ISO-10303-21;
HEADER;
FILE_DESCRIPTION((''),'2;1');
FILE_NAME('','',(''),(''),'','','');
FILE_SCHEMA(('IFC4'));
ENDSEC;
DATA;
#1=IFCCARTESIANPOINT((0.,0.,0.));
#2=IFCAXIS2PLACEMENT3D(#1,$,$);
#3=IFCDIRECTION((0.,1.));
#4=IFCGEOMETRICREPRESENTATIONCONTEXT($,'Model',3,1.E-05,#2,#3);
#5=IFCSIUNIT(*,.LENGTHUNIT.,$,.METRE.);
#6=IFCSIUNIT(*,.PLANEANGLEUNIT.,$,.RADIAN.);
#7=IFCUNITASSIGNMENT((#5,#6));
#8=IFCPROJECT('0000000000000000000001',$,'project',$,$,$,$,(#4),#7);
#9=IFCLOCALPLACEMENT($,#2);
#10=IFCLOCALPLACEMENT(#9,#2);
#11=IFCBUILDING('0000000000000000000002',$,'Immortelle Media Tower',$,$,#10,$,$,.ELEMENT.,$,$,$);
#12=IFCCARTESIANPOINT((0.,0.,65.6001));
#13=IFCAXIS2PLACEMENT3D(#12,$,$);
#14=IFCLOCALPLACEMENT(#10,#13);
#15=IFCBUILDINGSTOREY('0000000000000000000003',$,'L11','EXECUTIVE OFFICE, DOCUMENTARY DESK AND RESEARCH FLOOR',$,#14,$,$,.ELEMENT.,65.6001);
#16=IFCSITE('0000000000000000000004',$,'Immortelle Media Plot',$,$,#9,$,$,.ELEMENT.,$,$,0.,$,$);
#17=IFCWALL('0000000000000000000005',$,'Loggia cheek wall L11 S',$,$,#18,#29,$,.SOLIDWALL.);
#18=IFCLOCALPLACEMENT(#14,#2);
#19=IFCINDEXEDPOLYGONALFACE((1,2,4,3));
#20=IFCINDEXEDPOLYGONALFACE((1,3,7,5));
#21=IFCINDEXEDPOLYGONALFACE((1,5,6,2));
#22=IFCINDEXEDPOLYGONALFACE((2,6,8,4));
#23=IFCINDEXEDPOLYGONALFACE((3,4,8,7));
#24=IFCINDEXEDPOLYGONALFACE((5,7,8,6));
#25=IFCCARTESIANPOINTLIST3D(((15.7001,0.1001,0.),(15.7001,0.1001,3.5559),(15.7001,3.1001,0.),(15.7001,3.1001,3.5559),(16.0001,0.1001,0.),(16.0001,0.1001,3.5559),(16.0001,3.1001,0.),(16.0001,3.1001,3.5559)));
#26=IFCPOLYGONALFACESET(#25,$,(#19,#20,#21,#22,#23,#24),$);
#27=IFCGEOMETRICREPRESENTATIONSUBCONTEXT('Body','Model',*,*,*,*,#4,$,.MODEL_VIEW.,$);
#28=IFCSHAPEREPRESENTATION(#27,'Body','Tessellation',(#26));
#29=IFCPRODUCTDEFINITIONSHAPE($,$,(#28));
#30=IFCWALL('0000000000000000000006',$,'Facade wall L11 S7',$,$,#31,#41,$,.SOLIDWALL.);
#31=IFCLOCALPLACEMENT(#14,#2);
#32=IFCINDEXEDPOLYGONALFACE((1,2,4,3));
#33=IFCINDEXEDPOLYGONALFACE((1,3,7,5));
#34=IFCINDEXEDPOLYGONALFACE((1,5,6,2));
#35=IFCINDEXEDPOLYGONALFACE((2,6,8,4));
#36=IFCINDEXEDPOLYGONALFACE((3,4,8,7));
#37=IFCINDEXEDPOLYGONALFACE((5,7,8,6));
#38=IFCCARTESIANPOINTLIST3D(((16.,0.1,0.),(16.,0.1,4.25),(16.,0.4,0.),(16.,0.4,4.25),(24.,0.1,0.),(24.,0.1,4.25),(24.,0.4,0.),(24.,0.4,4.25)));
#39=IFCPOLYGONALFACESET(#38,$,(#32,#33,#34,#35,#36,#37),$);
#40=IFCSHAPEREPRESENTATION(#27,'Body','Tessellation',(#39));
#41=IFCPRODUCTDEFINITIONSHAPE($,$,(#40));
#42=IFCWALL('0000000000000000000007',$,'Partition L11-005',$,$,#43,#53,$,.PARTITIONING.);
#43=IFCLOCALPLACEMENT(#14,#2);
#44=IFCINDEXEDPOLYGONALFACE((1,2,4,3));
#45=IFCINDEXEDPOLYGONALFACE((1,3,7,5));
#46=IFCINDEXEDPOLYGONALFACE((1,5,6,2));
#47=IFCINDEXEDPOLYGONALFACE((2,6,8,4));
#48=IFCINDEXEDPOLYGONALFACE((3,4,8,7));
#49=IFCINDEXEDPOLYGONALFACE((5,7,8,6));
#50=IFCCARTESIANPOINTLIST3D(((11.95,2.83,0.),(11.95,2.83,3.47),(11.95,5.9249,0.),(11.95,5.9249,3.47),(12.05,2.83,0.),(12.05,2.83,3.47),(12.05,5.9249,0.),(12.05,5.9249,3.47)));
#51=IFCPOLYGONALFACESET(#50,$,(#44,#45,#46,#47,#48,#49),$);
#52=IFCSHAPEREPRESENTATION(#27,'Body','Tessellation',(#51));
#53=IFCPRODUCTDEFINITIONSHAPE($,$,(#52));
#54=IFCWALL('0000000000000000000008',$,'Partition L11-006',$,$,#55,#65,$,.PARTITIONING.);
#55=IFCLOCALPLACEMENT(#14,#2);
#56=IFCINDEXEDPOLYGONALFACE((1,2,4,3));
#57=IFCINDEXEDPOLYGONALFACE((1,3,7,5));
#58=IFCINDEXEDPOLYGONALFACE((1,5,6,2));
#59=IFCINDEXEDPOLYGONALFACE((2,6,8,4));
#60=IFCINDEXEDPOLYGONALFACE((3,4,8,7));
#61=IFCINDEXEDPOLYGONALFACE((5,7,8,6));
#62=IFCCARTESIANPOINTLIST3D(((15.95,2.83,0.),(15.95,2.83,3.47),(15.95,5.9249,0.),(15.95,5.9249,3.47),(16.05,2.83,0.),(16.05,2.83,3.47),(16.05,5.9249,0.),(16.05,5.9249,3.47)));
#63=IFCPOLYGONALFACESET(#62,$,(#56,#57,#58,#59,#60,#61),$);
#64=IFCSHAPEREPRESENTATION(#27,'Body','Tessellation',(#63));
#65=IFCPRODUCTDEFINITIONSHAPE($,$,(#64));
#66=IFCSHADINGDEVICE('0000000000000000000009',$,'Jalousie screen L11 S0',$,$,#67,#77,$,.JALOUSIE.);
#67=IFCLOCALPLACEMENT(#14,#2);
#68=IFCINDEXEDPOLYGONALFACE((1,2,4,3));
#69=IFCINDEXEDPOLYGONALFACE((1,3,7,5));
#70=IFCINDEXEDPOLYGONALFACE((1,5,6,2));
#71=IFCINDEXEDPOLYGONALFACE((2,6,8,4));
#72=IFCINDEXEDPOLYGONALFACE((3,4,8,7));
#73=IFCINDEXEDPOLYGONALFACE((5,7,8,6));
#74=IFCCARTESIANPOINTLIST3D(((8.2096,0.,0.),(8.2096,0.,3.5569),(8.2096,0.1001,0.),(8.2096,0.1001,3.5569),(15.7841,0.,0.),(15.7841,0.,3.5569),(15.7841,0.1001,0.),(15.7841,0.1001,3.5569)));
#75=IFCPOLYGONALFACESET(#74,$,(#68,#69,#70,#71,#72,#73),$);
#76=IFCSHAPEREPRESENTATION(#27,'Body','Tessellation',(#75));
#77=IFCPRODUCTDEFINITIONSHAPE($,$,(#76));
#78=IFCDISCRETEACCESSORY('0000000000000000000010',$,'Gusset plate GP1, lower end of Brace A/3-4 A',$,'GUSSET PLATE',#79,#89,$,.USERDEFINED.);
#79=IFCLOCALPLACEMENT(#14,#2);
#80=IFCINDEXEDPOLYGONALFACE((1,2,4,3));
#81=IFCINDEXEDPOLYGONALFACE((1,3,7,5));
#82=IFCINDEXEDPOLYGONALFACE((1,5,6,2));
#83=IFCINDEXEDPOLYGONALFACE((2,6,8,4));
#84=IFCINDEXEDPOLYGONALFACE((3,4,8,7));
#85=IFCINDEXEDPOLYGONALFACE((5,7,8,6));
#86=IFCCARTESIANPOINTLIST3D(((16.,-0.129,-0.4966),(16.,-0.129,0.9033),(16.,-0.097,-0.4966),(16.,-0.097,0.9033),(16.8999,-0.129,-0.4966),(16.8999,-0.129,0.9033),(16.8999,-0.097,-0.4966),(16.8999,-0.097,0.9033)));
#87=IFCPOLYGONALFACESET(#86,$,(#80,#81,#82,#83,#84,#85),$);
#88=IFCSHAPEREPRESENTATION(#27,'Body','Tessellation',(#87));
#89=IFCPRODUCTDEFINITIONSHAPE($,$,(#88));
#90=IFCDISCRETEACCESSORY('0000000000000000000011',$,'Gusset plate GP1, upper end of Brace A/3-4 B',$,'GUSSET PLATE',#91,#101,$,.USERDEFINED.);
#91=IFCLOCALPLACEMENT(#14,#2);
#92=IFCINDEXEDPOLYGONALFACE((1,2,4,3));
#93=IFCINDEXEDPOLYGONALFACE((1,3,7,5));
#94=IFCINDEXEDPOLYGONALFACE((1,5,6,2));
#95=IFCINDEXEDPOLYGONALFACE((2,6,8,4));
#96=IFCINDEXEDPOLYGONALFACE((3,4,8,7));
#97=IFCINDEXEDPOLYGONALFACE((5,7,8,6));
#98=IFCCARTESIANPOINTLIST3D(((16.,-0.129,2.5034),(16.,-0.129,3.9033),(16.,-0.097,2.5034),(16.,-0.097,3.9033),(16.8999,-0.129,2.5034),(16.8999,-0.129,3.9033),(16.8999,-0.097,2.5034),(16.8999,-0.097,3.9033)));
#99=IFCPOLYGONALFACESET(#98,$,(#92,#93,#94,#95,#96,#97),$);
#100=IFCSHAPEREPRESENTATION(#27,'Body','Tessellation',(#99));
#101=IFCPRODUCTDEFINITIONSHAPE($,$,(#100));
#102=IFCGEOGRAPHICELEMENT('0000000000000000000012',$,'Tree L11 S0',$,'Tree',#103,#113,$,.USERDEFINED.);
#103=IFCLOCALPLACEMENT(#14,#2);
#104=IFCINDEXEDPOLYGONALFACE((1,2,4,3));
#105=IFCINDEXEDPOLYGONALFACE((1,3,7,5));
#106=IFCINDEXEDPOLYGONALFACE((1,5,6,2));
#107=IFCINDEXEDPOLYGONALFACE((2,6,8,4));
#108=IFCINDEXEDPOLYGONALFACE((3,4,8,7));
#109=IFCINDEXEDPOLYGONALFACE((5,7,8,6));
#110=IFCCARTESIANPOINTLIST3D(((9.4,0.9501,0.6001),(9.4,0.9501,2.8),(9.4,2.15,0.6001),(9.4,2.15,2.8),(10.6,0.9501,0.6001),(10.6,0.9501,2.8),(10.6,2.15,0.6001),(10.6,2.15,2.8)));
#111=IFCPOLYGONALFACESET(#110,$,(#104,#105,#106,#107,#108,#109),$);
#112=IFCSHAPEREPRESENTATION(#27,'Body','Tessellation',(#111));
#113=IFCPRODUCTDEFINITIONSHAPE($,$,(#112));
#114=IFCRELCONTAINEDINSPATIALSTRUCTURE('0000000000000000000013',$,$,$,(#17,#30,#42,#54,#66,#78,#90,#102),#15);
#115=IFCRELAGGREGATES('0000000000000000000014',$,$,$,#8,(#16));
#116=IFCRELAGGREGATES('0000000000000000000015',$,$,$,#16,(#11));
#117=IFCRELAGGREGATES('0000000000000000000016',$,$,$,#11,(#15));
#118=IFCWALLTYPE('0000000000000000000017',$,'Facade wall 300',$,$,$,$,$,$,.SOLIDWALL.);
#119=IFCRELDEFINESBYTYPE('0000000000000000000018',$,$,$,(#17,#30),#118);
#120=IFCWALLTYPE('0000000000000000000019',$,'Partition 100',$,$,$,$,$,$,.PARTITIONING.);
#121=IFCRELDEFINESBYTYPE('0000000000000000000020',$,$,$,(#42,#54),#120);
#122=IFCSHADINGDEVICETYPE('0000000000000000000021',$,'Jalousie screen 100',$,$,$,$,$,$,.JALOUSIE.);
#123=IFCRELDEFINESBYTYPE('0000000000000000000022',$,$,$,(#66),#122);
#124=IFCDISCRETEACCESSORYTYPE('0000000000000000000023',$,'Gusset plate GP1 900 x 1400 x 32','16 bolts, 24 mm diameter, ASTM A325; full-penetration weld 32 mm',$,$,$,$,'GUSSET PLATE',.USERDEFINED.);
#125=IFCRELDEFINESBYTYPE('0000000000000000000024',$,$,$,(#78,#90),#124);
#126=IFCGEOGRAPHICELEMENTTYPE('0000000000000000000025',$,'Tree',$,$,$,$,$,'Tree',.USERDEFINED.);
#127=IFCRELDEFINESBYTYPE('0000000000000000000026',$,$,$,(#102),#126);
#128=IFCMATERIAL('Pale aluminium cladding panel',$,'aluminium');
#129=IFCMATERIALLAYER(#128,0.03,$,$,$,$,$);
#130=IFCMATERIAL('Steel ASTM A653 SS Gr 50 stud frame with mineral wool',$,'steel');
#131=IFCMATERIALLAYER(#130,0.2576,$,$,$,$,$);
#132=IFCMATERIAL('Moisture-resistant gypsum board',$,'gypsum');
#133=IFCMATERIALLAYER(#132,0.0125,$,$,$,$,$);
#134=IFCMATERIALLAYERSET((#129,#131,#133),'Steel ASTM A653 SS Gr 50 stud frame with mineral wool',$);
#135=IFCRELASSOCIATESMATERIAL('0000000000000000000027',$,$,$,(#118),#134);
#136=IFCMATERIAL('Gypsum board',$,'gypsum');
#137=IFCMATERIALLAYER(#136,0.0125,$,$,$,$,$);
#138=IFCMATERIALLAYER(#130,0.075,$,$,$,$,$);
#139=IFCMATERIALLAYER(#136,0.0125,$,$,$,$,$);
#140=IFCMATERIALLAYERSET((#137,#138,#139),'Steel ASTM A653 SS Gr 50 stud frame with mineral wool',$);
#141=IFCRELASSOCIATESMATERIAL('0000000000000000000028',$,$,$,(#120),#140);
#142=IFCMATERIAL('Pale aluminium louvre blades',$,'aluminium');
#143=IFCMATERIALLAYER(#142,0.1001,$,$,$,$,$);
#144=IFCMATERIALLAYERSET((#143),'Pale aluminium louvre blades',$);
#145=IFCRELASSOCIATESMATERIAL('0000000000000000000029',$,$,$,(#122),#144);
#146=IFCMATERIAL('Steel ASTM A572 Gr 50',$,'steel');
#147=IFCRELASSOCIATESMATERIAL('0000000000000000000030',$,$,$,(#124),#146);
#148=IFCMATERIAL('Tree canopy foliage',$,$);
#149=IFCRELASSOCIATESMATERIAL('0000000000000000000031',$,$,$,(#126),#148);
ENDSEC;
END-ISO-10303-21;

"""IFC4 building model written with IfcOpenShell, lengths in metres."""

from ifc_helpers import new_model, si_unit, direction, frame, frame_2d, origin, origin_2d, place, context, subcontext, project, spatial, rectangle, extrude, material, layer, layer_set, material_profile, profile_set, type_object, element, save


model = new_model("IFC4")

# Units and contexts
model_context = context("Model", 3, precision=1e-05, world=origin(), true_north=direction((0.0, 1.0)))
body_context = subcontext(model_context, "Body", "Model", "MODEL_VIEW")
ifc_project = project(units=[si_unit("LENGTHUNIT", "METRE"), si_unit("PLANEANGLEUNIT", "RADIAN")], contexts=[model_context])

# Site, building, storey
site_placement = place(None, origin())
site = spatial("IfcSite", under=ifc_project, at=site_placement, Name="Immortelle Media Plot", CompositionType="ELEMENT", RefElevation=0.0)
building_placement = place(site_placement, origin())
building = spatial("IfcBuilding", under=site, at=building_placement, Name="Immortelle Media Tower", CompositionType="ELEMENT")
storey_placement = place(building_placement, frame((0.0, 0.0, 65.6001)))
storey = spatial("IfcBuildingStorey", under=building, at=storey_placement, Name="L11", Description="EXECUTIVE OFFICE, DOCUMENTARY DESK AND RESEARCH FLOOR", CompositionType="ELEMENT", Elevation=65.6001)

# Walls
ifc_material_1 = material(Name="Pale aluminium cladding panel", Category="aluminium")
ifc_layer_1 = layer(ifc_material_1, 0.03)
ifc_material_2 = material(Name="Steel ASTM A653 SS Gr 50 stud frame with mineral wool", Category="steel")
ifc_layer_2 = layer(ifc_material_2, 0.2576)
ifc_material_3 = material(Name="Moisture-resistant gypsum board", Category="gypsum")
ifc_layer_3 = layer(ifc_material_3, 0.0125)
ifc_layer_set_1 = layer_set([ifc_layer_1, ifc_layer_2, ifc_layer_3], Name="Steel ASTM A653 SS Gr 50 stud frame with mineral wool")
wall_type_1 = type_object("IfcWallType", Name="Facade wall 300", PredefinedType="SOLIDWALL", material=ifc_layer_set_1)
wall_1_placement = place(storey_placement, frame((15.8501, 0.1001, 0.0), z_axis=(0.0, 0.0, 1.0), x_axis=(0.0, 1.0, 0.0)))
element("IfcWall", 1, at=wall_1_placement, inside=storey, type_object=wall_type_1, Name="Loggia cheek wall L11 S", PredefinedType="SOLIDWALL", context=body_context, shape_type="SweptSolid", body=[
    extrude(rectangle(XDim=3.0, YDim=0.3, at=frame_2d((1.5, 0.0))), origin(), (0.0, 0.0, 1.0), 3.5559),
])
wall_2_placement = place(storey_placement, frame((16.0, 0.25, 0.0), z_axis=(0.0, 0.0, 1.0), x_axis=(1.0, 0.0, 0.0)))
element("IfcWall", 2, at=wall_2_placement, inside=storey, type_object=wall_type_1, Name="Facade wall L11 S7", PredefinedType="SOLIDWALL", context=body_context, shape_type="SweptSolid", body=[
    extrude(rectangle(XDim=8.0, YDim=0.3, at=frame_2d((4.0, 0.0))), origin(), (0.0, 0.0, 1.0), 4.25),
])
ifc_material_4 = material(Name="Gypsum board", Category="gypsum")
ifc_layer_4 = layer(ifc_material_4, 0.0125)
ifc_layer_5 = layer(ifc_material_2, 0.075)
ifc_layer_6 = layer(ifc_material_4, 0.0125)
ifc_layer_set_2 = layer_set([ifc_layer_4, ifc_layer_5, ifc_layer_6], Name="Steel ASTM A653 SS Gr 50 stud frame with mineral wool")
wall_type_2 = type_object("IfcWallType", Name="Partition 100", PredefinedType="PARTITIONING", material=ifc_layer_set_2)
for number, where, z_axis, x_axis, name in (
    (3, (12.0, 2.8301, 0.0), (0.0, 0.0, 1.0), (0.0, 1.0, 0.0), "Partition L11-005"),
    (4, (16.0, 2.8301, 0.0), (0.0, 0.0, 1.0), (0.0, 1.0, 0.0), "Partition L11-006"),
):
    element("IfcWall", number, at=place(storey_placement, frame(where, z_axis=z_axis, x_axis=x_axis)), inside=storey, type_object=wall_type_2, Name=name, PredefinedType="PARTITIONING", context=body_context, shape_type="SweptSolid", body=[
        extrude(rectangle(XDim=3.095, YDim=0.1001, at=frame_2d((1.5474, 0.0))), origin(), (0.0, 0.0, 1.0), 3.47),
    ])

# Shading device
ifc_material_5 = material(Name="Pale aluminium louvre blades", Category="aluminium")
ifc_layer_7 = layer(ifc_material_5, 0.1001)
ifc_layer_set_3 = layer_set([ifc_layer_7], Name="Pale aluminium louvre blades")
shading_device_type = type_object("IfcShadingDeviceType", Name="Jalousie screen 100", PredefinedType="JALOUSIE", material=ifc_layer_set_3)
shading_device_placement = place(storey_placement, frame((11.9968, 0.05, 0.0), z_axis=(0.0, 0.0, 1.0), x_axis=(1.0, 0.0, 0.0)))
element("IfcShadingDevice", 5, at=shading_device_placement, inside=storey, type_object=shading_device_type, Name="Jalousie screen L11 S0", PredefinedType="JALOUSIE", context=body_context, shape_type="SweptSolid", body=[
    extrude(rectangle(XDim=7.5745, YDim=0.1001, at=origin_2d()), origin(), (0.0, 0.0, 1.0), 3.5569),
])

# Discrete accessories
ifc_material_6 = material(Name="Steel ASTM A572 Gr 50", Category="steel")
ifc_material_profile_1 = material_profile(ifc_material_6, rectangle(XDim=0.032, YDim=1.3999, at=origin_2d()), Name="PL 32 x 1400")
ifc_profile_set_1 = profile_set([ifc_material_profile_1], Name="Steel ASTM A572 Gr 50")
discrete_accessory_type = type_object("IfcDiscreteAccessoryType", Name="Gusset plate GP1 900 x 1400 x 32", Description="16 bolts, 24 mm diameter, ASTM A325; full-penetration weld 32 mm", ElementType="GUSSET PLATE", PredefinedType="USERDEFINED", material=ifc_profile_set_1)
for number, where, z_axis, x_axis, name in (
    (6, (16.0, -0.113, 0.2034), (1.0, 0.0, 0.0), (0.0, 1.0, 0.0), "Gusset plate GP1, lower end of Brace A/3-4 A"),
    (7, (16.0, -0.113, 3.2034), (1.0, 0.0, 0.0), (0.0, 1.0, 0.0), "Gusset plate GP1, upper end of Brace A/3-4 B"),
):
    element("IfcDiscreteAccessory", number, at=place(storey_placement, frame(where, z_axis=z_axis, x_axis=x_axis)), inside=storey, type_object=discrete_accessory_type, Name=name, ObjectType="GUSSET PLATE", PredefinedType="USERDEFINED", context=body_context, shape_type="SweptSolid", body=[
        extrude(rectangle(XDim=0.032, YDim=1.3999, at=origin_2d()), origin(), (0.0, 0.0, 1.0), 0.8999),
    ])

# Geographic element
ifc_material_7 = material(Name="Tree canopy foliage")
geographic_element_type = type_object("IfcGeographicElementType", Name="Tree", ElementType="Tree", PredefinedType="USERDEFINED", material=ifc_material_7)
geographic_element_placement = place(storey_placement, frame((10.0, 1.55, 0.6001), z_axis=(0.0, 0.0, 1.0), x_axis=(1.0, 0.0, 0.0)))
element("IfcGeographicElement", 8, at=geographic_element_placement, inside=storey, type_object=geographic_element_type, Name="Tree L11 S0", ObjectType="Tree", PredefinedType="USERDEFINED", context=body_context, shape_type="SweptSolid", body=[
    extrude(rectangle(XDim=1.2, YDim=1.2, at=origin_2d()), origin(), (0.0, 0.0, 1.0), 2.2),
])

save(model, "model.ifc")
